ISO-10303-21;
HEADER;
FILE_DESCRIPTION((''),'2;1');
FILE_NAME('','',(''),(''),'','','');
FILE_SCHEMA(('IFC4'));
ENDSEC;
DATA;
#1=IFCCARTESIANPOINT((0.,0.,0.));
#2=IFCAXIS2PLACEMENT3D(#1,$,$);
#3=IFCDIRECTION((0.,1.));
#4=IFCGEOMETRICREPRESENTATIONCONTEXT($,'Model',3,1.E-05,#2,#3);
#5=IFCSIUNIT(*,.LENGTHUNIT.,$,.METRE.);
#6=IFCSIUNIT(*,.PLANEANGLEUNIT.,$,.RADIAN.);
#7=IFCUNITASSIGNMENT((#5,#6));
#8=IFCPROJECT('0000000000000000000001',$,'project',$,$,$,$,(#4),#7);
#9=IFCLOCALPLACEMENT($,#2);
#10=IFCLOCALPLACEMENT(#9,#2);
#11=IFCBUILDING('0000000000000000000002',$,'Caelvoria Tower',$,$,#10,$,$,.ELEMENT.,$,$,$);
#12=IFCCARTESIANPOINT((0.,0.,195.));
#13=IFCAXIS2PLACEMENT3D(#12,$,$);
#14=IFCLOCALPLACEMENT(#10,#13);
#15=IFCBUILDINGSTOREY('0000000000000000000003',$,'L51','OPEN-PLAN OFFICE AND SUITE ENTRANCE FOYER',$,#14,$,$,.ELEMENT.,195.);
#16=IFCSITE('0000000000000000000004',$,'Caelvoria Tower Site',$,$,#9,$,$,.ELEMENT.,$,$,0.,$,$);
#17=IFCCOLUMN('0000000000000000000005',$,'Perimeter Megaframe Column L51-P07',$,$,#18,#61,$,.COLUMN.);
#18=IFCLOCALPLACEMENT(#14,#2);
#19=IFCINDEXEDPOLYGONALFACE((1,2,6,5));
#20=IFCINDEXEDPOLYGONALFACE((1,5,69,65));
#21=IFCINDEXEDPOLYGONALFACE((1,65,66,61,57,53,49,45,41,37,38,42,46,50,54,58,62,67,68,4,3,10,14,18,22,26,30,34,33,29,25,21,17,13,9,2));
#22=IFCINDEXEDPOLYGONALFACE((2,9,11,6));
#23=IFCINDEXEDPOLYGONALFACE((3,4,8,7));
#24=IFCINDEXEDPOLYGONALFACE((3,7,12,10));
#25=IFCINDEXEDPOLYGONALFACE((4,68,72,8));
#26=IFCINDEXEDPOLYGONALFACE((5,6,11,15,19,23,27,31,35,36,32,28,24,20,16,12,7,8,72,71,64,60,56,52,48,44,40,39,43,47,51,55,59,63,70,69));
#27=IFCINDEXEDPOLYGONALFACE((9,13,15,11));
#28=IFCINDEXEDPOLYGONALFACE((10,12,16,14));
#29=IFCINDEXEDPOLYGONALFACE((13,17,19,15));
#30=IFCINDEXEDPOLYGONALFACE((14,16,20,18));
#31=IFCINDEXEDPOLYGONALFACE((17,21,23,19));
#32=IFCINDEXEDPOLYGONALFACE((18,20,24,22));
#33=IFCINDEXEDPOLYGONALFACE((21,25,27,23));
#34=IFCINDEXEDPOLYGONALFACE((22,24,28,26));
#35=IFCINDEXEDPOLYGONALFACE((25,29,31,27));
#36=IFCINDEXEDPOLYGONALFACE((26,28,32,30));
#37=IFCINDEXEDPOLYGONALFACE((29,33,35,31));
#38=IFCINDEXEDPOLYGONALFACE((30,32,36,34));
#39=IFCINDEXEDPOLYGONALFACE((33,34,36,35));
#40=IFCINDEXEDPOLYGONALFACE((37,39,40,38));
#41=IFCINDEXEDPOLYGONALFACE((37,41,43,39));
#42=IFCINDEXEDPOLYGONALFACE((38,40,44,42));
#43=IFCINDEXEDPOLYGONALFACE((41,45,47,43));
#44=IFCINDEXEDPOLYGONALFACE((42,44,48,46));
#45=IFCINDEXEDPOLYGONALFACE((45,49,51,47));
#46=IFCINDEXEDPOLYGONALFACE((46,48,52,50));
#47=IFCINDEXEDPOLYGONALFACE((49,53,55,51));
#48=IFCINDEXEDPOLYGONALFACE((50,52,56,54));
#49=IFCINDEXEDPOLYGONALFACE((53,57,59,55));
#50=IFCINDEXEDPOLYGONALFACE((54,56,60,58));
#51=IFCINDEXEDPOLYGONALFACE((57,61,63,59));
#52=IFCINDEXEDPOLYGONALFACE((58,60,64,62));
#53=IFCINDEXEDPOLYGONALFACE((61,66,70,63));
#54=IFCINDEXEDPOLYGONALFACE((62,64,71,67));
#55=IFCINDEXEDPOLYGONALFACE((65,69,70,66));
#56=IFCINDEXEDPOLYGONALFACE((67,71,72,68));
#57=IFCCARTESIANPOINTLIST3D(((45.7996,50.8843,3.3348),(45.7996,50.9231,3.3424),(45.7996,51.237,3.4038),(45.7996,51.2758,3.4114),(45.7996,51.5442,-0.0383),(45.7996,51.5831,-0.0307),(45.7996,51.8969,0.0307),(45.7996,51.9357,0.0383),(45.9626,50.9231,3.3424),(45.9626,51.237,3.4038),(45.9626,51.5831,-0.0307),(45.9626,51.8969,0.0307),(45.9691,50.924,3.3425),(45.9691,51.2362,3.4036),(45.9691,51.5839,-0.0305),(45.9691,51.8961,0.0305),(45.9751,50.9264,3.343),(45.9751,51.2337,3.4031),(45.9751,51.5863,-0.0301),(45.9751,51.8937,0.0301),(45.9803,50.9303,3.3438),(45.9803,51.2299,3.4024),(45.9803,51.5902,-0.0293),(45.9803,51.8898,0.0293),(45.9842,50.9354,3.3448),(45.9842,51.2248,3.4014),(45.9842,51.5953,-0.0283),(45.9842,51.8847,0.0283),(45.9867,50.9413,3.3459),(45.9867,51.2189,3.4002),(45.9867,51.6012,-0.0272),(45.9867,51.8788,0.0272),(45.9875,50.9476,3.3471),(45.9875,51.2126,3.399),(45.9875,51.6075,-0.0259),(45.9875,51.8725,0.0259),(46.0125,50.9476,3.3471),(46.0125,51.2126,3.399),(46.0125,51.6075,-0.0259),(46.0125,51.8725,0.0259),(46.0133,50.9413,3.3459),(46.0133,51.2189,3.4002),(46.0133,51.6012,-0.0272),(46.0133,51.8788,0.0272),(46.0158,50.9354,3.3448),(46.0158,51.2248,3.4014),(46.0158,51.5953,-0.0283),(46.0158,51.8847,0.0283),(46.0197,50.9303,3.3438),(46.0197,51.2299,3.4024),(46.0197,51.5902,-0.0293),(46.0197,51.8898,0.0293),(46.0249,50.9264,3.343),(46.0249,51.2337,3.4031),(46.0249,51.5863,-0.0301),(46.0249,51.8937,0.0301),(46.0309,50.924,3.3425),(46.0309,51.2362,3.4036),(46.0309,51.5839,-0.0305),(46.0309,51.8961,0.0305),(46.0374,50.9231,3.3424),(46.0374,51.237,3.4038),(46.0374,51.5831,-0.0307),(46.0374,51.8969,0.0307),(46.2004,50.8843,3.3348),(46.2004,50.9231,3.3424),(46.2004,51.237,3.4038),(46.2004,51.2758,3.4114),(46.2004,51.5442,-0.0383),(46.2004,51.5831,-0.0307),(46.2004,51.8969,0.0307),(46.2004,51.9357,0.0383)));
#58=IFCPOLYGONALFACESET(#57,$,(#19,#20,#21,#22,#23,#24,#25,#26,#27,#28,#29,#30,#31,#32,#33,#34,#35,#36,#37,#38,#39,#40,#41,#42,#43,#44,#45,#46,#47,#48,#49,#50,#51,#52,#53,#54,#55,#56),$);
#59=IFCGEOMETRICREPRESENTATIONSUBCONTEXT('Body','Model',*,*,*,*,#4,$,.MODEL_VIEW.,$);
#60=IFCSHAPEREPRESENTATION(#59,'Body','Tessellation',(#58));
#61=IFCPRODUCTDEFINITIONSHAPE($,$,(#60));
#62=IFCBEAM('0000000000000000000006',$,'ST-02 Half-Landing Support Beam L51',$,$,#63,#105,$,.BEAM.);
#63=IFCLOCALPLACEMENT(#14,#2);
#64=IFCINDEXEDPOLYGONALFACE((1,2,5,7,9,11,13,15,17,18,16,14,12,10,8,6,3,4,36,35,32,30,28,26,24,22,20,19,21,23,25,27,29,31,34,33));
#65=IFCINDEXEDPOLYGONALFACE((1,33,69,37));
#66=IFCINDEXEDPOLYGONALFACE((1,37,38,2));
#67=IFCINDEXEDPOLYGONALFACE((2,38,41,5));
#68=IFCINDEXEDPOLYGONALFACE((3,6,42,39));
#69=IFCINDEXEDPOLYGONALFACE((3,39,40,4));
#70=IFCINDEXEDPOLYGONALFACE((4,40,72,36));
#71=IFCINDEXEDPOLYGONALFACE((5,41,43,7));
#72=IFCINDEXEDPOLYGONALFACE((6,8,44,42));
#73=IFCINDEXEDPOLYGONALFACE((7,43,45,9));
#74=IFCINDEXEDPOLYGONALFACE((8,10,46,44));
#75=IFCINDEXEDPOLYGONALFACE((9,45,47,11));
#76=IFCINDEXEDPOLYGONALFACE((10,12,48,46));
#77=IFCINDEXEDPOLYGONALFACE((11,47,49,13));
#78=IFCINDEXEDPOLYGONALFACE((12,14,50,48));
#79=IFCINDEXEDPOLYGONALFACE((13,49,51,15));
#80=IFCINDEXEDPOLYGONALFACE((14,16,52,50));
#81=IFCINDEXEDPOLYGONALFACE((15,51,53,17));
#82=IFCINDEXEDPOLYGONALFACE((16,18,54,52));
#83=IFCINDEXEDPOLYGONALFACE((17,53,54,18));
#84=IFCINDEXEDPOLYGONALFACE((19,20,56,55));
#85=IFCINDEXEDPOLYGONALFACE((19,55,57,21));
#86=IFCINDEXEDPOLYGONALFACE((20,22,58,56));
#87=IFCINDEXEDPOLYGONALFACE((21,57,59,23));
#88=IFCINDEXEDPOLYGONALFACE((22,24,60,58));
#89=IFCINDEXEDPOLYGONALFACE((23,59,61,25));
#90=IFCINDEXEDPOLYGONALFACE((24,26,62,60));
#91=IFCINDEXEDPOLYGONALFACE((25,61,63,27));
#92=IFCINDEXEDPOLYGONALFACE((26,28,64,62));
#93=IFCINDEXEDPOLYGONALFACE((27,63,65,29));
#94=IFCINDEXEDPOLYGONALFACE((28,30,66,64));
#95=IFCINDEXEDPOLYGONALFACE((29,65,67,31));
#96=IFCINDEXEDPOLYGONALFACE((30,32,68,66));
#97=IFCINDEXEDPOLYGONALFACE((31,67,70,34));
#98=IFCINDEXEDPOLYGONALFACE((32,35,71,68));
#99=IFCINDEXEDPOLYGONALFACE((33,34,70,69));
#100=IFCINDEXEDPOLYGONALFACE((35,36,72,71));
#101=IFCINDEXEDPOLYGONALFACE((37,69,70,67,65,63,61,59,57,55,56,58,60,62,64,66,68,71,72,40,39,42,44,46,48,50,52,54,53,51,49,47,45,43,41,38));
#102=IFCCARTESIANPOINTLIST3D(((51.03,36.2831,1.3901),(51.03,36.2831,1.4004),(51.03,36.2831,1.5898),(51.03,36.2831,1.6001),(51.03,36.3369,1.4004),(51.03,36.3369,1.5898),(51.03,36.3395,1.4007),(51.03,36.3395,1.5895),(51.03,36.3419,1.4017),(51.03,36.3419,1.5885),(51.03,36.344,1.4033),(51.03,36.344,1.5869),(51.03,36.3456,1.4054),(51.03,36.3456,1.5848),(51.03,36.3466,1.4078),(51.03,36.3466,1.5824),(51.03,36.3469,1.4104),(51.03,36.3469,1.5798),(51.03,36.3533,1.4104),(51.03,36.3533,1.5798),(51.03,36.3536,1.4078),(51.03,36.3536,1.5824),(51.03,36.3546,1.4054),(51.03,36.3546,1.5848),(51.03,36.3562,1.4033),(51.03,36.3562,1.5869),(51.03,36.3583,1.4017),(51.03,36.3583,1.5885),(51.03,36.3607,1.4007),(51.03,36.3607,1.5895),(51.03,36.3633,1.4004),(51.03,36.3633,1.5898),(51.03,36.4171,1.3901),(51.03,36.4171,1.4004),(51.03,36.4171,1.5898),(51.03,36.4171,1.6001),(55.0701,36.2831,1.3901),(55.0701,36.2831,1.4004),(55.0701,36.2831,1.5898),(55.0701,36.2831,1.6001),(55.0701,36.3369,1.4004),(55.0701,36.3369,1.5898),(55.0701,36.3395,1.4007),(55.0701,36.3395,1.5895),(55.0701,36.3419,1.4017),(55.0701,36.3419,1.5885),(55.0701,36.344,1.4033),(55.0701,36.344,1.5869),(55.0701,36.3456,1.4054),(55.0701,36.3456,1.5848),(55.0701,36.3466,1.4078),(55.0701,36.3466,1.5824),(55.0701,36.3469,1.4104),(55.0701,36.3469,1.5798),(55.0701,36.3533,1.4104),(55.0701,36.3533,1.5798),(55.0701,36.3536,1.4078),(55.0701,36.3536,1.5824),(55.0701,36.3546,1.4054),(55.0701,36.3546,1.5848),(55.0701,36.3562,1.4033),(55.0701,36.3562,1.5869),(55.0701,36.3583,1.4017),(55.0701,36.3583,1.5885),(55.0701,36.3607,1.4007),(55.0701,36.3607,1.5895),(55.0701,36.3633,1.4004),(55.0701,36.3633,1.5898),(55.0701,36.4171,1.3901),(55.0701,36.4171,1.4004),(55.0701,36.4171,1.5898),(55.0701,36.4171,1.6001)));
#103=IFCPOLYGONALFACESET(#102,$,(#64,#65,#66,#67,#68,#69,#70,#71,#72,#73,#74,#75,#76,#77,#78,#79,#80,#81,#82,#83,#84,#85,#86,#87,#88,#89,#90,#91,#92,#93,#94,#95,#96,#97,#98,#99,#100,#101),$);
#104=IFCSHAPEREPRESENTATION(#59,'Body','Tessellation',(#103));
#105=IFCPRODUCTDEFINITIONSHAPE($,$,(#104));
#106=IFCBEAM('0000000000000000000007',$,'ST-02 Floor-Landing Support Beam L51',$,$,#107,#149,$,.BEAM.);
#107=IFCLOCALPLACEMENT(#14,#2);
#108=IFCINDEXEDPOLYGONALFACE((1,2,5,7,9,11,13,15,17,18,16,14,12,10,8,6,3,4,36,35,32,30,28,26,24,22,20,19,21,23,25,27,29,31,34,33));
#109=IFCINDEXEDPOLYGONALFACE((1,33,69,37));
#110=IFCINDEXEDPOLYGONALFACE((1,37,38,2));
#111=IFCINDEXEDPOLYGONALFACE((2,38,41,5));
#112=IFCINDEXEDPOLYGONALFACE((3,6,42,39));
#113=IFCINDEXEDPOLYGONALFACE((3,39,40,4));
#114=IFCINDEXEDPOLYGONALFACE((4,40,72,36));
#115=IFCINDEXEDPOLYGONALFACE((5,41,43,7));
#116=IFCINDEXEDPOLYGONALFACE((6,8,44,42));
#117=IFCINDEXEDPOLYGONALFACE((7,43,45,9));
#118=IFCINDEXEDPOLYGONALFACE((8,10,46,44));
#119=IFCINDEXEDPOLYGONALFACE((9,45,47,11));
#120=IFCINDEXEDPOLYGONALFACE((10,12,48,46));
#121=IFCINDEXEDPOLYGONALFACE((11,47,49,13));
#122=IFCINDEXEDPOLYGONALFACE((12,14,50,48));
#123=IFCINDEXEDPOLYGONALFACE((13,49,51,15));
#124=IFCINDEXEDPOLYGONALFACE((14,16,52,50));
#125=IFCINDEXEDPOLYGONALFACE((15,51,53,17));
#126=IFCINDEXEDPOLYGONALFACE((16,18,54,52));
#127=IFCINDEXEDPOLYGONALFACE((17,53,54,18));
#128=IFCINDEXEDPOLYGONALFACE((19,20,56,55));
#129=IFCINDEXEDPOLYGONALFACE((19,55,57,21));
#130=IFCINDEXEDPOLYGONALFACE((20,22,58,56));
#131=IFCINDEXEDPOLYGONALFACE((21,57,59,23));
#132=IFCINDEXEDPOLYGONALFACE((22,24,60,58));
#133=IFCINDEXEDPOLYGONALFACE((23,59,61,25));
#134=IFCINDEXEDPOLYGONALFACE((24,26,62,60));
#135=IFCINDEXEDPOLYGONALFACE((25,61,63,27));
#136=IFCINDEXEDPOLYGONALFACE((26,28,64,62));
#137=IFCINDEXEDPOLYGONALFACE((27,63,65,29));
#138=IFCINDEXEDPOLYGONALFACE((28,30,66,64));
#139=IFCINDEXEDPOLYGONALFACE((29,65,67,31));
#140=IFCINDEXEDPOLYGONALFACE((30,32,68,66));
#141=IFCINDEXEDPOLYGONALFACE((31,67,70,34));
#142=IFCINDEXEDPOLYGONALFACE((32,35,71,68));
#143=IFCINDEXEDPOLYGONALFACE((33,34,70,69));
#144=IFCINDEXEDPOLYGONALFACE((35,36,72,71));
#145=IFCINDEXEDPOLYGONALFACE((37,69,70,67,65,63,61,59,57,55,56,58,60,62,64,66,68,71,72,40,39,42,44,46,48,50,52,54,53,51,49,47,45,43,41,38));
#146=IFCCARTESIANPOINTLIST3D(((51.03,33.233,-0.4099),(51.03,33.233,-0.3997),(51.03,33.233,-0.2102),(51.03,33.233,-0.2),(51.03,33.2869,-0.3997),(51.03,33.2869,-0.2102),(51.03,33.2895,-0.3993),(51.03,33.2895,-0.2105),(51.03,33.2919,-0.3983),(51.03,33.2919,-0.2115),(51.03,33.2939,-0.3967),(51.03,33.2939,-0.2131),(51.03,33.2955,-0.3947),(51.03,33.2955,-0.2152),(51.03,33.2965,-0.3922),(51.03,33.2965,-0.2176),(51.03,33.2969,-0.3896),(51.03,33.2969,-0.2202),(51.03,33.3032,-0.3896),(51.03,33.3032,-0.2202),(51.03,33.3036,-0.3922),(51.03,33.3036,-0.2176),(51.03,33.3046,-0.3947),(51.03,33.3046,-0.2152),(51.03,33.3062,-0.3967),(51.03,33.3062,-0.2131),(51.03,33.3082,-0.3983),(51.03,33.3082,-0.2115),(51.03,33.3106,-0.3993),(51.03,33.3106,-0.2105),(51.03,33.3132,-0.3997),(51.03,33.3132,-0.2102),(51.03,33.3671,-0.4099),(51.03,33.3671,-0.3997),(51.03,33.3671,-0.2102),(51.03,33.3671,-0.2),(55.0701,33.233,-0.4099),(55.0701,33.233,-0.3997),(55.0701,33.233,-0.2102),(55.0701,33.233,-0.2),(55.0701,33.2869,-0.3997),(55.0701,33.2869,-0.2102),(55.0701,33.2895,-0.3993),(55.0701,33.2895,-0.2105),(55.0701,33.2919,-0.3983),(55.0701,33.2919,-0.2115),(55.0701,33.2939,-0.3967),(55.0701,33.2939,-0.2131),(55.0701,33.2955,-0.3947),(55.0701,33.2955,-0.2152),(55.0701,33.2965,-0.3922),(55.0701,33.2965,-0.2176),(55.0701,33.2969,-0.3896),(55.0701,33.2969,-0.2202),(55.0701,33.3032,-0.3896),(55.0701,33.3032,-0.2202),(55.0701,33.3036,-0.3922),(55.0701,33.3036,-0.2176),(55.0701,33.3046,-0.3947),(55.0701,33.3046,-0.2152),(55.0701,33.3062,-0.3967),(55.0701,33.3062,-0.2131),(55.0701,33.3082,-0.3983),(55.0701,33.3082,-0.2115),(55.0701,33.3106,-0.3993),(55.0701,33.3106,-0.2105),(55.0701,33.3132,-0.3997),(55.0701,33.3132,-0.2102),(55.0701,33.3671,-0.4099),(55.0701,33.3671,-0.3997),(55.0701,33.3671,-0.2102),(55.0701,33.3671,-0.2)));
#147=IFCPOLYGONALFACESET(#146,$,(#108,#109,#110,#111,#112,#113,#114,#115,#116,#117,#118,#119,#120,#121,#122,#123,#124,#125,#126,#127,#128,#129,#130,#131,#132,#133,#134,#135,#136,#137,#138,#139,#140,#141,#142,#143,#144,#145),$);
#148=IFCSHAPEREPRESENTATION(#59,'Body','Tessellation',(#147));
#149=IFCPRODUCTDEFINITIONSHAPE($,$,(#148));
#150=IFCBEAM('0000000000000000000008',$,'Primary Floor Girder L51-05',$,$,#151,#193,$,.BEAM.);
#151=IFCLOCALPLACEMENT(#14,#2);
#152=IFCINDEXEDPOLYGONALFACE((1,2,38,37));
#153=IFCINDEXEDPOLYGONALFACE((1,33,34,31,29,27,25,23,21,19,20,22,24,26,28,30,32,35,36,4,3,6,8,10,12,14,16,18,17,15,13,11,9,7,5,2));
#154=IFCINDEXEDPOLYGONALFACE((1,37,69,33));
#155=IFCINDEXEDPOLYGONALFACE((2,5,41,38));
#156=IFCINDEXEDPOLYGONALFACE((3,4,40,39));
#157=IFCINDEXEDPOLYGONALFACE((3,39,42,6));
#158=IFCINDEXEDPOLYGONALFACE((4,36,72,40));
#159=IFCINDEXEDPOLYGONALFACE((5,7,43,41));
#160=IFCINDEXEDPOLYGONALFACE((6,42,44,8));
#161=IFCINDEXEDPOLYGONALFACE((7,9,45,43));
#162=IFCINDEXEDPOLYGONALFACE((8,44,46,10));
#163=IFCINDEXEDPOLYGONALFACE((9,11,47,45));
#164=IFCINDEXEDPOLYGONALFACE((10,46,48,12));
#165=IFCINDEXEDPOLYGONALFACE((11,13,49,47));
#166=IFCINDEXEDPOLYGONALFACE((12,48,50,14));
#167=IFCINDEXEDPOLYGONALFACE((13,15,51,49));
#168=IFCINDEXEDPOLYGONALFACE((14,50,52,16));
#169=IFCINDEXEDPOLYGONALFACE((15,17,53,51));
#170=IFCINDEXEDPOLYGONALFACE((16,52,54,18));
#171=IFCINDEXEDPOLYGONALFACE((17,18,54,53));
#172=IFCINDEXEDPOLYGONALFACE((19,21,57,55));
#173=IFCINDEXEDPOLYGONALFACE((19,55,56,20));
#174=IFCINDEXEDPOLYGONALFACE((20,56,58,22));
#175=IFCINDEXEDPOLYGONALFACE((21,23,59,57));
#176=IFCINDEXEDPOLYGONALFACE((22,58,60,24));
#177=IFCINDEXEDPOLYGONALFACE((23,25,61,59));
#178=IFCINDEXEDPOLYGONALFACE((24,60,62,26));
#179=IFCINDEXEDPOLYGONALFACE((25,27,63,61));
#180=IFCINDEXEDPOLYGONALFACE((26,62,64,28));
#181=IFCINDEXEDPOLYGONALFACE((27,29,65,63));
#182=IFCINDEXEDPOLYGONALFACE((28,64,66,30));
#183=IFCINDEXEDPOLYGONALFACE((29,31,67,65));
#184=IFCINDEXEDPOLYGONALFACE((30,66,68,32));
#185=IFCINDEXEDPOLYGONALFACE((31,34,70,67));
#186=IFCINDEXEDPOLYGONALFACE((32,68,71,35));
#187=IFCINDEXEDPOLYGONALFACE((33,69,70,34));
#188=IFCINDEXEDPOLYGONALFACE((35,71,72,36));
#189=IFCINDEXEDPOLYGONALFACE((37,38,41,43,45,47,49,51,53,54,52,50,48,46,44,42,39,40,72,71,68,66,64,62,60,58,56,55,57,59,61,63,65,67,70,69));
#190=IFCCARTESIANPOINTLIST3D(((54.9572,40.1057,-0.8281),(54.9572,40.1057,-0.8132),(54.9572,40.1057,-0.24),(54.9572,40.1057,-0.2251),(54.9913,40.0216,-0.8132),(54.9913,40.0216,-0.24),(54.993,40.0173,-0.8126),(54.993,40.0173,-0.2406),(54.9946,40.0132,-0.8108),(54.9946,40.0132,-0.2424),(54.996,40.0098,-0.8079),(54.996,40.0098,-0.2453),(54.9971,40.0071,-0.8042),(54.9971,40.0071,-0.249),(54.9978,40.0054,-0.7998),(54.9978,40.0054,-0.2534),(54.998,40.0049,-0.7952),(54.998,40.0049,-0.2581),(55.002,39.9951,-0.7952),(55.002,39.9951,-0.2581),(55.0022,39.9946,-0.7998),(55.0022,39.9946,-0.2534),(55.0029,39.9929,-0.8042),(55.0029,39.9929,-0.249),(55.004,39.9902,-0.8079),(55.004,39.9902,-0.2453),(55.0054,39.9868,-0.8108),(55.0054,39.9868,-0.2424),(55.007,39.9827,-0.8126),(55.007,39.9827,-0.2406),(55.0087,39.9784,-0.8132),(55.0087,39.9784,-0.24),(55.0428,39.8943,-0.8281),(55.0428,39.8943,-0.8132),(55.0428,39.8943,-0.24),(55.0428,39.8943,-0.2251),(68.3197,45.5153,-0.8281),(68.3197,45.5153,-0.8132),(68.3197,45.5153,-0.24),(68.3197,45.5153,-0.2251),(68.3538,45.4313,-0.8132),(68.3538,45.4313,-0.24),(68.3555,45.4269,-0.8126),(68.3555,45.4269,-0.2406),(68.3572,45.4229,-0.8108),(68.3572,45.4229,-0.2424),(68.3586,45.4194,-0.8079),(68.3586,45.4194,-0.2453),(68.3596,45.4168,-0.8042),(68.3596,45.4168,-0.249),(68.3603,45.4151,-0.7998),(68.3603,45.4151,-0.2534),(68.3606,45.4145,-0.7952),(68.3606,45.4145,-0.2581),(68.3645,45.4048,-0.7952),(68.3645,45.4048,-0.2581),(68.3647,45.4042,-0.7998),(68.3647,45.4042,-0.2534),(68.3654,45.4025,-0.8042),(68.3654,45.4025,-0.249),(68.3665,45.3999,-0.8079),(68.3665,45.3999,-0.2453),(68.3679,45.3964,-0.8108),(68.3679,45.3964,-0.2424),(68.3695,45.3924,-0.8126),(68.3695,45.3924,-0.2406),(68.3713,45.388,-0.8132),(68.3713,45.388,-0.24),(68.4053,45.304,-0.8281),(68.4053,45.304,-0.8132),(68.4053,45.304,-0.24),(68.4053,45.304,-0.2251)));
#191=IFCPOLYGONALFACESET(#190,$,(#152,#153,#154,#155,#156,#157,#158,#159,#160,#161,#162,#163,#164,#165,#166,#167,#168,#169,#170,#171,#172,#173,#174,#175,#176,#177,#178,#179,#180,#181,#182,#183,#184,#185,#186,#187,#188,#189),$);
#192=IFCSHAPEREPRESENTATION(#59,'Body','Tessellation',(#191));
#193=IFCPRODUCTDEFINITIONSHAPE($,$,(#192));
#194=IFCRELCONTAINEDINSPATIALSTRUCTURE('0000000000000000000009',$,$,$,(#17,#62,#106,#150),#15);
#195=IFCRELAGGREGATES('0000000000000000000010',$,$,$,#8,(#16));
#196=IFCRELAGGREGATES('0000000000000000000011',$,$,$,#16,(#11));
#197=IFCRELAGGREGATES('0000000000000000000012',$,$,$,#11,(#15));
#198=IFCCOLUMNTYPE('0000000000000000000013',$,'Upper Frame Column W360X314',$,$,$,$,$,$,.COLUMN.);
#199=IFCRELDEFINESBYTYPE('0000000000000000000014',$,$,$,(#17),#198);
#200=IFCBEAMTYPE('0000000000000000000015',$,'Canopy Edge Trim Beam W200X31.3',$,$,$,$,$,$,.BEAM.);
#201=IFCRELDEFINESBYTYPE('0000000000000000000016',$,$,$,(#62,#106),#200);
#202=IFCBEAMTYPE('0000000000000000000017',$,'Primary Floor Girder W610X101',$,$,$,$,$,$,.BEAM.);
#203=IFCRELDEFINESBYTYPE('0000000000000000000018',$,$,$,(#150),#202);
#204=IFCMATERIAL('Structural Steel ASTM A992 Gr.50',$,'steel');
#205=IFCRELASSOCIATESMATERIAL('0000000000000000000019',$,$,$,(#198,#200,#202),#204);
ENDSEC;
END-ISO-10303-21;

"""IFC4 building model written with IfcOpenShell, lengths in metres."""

from ifc_helpers import new_model, si_unit, direction, frame, origin, origin_2d, place, context, subcontext, project, spatial, i_section, extrude, material, material_profile, profile_set, type_object, element, save


model = new_model("IFC4")

# Units and contexts
model_context = context("Model", 3, precision=1e-05, world=origin(), true_north=direction((0.0, 1.0)))
body_context = subcontext(model_context, "Body", "Model", "MODEL_VIEW")
ifc_project = project(units=[si_unit("LENGTHUNIT", "METRE"), si_unit("PLANEANGLEUNIT", "RADIAN")], contexts=[model_context])

# Site, building, storey
site_placement = place(None, origin())
site = spatial("IfcSite", under=ifc_project, at=site_placement, Name="Caelvoria Tower Site", CompositionType="ELEMENT", RefElevation=0.0)
building_placement = place(site_placement, origin())
building = spatial("IfcBuilding", under=site, at=building_placement, Name="Caelvoria Tower", CompositionType="ELEMENT")
storey_placement = place(building_placement, frame((0.0, 0.0, 195.0)))
storey = spatial("IfcBuildingStorey", under=building, at=storey_placement, Name="L51", Description="OPEN-PLAN OFFICE AND SUITE ENTRANCE FOYER", CompositionType="ELEMENT", Elevation=195.0)

# Column
ifc_material_1 = material(Name="Structural Steel ASTM A992 Gr.50", Category="steel")
ifc_material_profile_1 = material_profile(ifc_material_1, i_section(OverallWidth=0.4009, OverallDepth=0.3989, WebThickness=0.0249, FlangeThickness=0.0396, FilletRadius=0.0249, at=origin_2d()), Name="Structural Steel ASTM A992 Gr.50")
ifc_profile_set_1 = profile_set([ifc_material_profile_1], Name="W360X314 - Structural Steel ASTM A992 Gr.50")
column_type = type_object("IfcColumnType", Name="Upper Frame Column W360X314", PredefinedType="COLUMN", material=ifc_profile_set_1)
column_placement = place(storey_placement, frame((46.0, 51.74, 0.0), z_axis=(0.0, -0.192003, 0.981394), x_axis=(1.0, 0.0, 0.0)))
element("IfcColumn", 1, at=column_placement, inside=storey, type_object=column_type, Name="Perimeter Megaframe Column L51-P07", PredefinedType="COLUMN", context=body_context, shape_type="SweptSolid", body=[
    extrude(i_section(OverallWidth=0.4009, OverallDepth=0.3989, WebThickness=0.0249, FlangeThickness=0.0396, FilletRadius=0.0249, at=origin_2d()), origin(), (0.0, 0.0, 1.0), 3.437),
])

# Beams
ifc_material_profile_2 = material_profile(ifc_material_1, i_section(OverallWidth=0.134, OverallDepth=0.21, WebThickness=0.0063, FlangeThickness=0.0103, FilletRadius=0.01, at=origin_2d()), Name="Structural Steel ASTM A992 Gr.50")
ifc_profile_set_2 = profile_set([ifc_material_profile_2], Name="W200X31.3 - Structural Steel ASTM A992 Gr.50")
beam_type_1 = type_object("IfcBeamType", Name="Canopy Edge Trim Beam W200X31.3", PredefinedType="BEAM", material=ifc_profile_set_2)
for number, where, z_axis, x_axis, name in (
    (2, (51.03, 36.3501, 1.4951), (1.0, 0.0, 0.0), (0.0, 1.0, 0.0), "ST-02 Half-Landing Support Beam L51"),
    (3, (51.03, 33.3, -0.3049), (1.0, 0.0, 0.0), (0.0, 1.0, 0.0), "ST-02 Floor-Landing Support Beam L51"),
):
    element("IfcBeam", number, at=place(storey_placement, frame(where, z_axis=z_axis, x_axis=x_axis)), inside=storey, type_object=beam_type_1, Name=name, PredefinedType="BEAM", context=body_context, shape_type="SweptSolid", body=[
        extrude(i_section(OverallWidth=0.134, OverallDepth=0.21, WebThickness=0.0063, FlangeThickness=0.0103, FilletRadius=0.01, at=origin_2d()), origin(), (0.0, 0.0, 1.0), 4.04),
    ])
ifc_material_profile_3 = material_profile(ifc_material_1, i_section(OverallWidth=0.228, OverallDepth=0.603, WebThickness=0.0105, FlangeThickness=0.0149, FilletRadius=0.0181, at=origin_2d()), Name="Structural Steel ASTM A992 Gr.50")
ifc_profile_set_3 = profile_set([ifc_material_profile_3], Name="W610X101 - Structural Steel ASTM A992 Gr.50")
beam_type_2 = type_object("IfcBeamType", Name="Primary Floor Girder W610X101", PredefinedType="BEAM", material=ifc_profile_set_3)
beam_1_placement = place(storey_placement, frame((55.0, 40.0, -0.5266), z_axis=(0.926922, 0.375253, 0.0), x_axis=(-0.375253, 0.926922, 0.0)))
element("IfcBeam", 4, at=beam_1_placement, inside=storey, type_object=beam_type_2, Name="Primary Floor Girder L51-05", PredefinedType="BEAM", context=body_context, shape_type="SweptSolid", body=[
    extrude(i_section(OverallWidth=0.228, OverallDepth=0.603, WebThickness=0.0105, FlangeThickness=0.0149, FilletRadius=0.0181, at=origin_2d()), origin(), (0.0, 0.0, 1.0), 14.416),
])

save(model, "model.ifc")
